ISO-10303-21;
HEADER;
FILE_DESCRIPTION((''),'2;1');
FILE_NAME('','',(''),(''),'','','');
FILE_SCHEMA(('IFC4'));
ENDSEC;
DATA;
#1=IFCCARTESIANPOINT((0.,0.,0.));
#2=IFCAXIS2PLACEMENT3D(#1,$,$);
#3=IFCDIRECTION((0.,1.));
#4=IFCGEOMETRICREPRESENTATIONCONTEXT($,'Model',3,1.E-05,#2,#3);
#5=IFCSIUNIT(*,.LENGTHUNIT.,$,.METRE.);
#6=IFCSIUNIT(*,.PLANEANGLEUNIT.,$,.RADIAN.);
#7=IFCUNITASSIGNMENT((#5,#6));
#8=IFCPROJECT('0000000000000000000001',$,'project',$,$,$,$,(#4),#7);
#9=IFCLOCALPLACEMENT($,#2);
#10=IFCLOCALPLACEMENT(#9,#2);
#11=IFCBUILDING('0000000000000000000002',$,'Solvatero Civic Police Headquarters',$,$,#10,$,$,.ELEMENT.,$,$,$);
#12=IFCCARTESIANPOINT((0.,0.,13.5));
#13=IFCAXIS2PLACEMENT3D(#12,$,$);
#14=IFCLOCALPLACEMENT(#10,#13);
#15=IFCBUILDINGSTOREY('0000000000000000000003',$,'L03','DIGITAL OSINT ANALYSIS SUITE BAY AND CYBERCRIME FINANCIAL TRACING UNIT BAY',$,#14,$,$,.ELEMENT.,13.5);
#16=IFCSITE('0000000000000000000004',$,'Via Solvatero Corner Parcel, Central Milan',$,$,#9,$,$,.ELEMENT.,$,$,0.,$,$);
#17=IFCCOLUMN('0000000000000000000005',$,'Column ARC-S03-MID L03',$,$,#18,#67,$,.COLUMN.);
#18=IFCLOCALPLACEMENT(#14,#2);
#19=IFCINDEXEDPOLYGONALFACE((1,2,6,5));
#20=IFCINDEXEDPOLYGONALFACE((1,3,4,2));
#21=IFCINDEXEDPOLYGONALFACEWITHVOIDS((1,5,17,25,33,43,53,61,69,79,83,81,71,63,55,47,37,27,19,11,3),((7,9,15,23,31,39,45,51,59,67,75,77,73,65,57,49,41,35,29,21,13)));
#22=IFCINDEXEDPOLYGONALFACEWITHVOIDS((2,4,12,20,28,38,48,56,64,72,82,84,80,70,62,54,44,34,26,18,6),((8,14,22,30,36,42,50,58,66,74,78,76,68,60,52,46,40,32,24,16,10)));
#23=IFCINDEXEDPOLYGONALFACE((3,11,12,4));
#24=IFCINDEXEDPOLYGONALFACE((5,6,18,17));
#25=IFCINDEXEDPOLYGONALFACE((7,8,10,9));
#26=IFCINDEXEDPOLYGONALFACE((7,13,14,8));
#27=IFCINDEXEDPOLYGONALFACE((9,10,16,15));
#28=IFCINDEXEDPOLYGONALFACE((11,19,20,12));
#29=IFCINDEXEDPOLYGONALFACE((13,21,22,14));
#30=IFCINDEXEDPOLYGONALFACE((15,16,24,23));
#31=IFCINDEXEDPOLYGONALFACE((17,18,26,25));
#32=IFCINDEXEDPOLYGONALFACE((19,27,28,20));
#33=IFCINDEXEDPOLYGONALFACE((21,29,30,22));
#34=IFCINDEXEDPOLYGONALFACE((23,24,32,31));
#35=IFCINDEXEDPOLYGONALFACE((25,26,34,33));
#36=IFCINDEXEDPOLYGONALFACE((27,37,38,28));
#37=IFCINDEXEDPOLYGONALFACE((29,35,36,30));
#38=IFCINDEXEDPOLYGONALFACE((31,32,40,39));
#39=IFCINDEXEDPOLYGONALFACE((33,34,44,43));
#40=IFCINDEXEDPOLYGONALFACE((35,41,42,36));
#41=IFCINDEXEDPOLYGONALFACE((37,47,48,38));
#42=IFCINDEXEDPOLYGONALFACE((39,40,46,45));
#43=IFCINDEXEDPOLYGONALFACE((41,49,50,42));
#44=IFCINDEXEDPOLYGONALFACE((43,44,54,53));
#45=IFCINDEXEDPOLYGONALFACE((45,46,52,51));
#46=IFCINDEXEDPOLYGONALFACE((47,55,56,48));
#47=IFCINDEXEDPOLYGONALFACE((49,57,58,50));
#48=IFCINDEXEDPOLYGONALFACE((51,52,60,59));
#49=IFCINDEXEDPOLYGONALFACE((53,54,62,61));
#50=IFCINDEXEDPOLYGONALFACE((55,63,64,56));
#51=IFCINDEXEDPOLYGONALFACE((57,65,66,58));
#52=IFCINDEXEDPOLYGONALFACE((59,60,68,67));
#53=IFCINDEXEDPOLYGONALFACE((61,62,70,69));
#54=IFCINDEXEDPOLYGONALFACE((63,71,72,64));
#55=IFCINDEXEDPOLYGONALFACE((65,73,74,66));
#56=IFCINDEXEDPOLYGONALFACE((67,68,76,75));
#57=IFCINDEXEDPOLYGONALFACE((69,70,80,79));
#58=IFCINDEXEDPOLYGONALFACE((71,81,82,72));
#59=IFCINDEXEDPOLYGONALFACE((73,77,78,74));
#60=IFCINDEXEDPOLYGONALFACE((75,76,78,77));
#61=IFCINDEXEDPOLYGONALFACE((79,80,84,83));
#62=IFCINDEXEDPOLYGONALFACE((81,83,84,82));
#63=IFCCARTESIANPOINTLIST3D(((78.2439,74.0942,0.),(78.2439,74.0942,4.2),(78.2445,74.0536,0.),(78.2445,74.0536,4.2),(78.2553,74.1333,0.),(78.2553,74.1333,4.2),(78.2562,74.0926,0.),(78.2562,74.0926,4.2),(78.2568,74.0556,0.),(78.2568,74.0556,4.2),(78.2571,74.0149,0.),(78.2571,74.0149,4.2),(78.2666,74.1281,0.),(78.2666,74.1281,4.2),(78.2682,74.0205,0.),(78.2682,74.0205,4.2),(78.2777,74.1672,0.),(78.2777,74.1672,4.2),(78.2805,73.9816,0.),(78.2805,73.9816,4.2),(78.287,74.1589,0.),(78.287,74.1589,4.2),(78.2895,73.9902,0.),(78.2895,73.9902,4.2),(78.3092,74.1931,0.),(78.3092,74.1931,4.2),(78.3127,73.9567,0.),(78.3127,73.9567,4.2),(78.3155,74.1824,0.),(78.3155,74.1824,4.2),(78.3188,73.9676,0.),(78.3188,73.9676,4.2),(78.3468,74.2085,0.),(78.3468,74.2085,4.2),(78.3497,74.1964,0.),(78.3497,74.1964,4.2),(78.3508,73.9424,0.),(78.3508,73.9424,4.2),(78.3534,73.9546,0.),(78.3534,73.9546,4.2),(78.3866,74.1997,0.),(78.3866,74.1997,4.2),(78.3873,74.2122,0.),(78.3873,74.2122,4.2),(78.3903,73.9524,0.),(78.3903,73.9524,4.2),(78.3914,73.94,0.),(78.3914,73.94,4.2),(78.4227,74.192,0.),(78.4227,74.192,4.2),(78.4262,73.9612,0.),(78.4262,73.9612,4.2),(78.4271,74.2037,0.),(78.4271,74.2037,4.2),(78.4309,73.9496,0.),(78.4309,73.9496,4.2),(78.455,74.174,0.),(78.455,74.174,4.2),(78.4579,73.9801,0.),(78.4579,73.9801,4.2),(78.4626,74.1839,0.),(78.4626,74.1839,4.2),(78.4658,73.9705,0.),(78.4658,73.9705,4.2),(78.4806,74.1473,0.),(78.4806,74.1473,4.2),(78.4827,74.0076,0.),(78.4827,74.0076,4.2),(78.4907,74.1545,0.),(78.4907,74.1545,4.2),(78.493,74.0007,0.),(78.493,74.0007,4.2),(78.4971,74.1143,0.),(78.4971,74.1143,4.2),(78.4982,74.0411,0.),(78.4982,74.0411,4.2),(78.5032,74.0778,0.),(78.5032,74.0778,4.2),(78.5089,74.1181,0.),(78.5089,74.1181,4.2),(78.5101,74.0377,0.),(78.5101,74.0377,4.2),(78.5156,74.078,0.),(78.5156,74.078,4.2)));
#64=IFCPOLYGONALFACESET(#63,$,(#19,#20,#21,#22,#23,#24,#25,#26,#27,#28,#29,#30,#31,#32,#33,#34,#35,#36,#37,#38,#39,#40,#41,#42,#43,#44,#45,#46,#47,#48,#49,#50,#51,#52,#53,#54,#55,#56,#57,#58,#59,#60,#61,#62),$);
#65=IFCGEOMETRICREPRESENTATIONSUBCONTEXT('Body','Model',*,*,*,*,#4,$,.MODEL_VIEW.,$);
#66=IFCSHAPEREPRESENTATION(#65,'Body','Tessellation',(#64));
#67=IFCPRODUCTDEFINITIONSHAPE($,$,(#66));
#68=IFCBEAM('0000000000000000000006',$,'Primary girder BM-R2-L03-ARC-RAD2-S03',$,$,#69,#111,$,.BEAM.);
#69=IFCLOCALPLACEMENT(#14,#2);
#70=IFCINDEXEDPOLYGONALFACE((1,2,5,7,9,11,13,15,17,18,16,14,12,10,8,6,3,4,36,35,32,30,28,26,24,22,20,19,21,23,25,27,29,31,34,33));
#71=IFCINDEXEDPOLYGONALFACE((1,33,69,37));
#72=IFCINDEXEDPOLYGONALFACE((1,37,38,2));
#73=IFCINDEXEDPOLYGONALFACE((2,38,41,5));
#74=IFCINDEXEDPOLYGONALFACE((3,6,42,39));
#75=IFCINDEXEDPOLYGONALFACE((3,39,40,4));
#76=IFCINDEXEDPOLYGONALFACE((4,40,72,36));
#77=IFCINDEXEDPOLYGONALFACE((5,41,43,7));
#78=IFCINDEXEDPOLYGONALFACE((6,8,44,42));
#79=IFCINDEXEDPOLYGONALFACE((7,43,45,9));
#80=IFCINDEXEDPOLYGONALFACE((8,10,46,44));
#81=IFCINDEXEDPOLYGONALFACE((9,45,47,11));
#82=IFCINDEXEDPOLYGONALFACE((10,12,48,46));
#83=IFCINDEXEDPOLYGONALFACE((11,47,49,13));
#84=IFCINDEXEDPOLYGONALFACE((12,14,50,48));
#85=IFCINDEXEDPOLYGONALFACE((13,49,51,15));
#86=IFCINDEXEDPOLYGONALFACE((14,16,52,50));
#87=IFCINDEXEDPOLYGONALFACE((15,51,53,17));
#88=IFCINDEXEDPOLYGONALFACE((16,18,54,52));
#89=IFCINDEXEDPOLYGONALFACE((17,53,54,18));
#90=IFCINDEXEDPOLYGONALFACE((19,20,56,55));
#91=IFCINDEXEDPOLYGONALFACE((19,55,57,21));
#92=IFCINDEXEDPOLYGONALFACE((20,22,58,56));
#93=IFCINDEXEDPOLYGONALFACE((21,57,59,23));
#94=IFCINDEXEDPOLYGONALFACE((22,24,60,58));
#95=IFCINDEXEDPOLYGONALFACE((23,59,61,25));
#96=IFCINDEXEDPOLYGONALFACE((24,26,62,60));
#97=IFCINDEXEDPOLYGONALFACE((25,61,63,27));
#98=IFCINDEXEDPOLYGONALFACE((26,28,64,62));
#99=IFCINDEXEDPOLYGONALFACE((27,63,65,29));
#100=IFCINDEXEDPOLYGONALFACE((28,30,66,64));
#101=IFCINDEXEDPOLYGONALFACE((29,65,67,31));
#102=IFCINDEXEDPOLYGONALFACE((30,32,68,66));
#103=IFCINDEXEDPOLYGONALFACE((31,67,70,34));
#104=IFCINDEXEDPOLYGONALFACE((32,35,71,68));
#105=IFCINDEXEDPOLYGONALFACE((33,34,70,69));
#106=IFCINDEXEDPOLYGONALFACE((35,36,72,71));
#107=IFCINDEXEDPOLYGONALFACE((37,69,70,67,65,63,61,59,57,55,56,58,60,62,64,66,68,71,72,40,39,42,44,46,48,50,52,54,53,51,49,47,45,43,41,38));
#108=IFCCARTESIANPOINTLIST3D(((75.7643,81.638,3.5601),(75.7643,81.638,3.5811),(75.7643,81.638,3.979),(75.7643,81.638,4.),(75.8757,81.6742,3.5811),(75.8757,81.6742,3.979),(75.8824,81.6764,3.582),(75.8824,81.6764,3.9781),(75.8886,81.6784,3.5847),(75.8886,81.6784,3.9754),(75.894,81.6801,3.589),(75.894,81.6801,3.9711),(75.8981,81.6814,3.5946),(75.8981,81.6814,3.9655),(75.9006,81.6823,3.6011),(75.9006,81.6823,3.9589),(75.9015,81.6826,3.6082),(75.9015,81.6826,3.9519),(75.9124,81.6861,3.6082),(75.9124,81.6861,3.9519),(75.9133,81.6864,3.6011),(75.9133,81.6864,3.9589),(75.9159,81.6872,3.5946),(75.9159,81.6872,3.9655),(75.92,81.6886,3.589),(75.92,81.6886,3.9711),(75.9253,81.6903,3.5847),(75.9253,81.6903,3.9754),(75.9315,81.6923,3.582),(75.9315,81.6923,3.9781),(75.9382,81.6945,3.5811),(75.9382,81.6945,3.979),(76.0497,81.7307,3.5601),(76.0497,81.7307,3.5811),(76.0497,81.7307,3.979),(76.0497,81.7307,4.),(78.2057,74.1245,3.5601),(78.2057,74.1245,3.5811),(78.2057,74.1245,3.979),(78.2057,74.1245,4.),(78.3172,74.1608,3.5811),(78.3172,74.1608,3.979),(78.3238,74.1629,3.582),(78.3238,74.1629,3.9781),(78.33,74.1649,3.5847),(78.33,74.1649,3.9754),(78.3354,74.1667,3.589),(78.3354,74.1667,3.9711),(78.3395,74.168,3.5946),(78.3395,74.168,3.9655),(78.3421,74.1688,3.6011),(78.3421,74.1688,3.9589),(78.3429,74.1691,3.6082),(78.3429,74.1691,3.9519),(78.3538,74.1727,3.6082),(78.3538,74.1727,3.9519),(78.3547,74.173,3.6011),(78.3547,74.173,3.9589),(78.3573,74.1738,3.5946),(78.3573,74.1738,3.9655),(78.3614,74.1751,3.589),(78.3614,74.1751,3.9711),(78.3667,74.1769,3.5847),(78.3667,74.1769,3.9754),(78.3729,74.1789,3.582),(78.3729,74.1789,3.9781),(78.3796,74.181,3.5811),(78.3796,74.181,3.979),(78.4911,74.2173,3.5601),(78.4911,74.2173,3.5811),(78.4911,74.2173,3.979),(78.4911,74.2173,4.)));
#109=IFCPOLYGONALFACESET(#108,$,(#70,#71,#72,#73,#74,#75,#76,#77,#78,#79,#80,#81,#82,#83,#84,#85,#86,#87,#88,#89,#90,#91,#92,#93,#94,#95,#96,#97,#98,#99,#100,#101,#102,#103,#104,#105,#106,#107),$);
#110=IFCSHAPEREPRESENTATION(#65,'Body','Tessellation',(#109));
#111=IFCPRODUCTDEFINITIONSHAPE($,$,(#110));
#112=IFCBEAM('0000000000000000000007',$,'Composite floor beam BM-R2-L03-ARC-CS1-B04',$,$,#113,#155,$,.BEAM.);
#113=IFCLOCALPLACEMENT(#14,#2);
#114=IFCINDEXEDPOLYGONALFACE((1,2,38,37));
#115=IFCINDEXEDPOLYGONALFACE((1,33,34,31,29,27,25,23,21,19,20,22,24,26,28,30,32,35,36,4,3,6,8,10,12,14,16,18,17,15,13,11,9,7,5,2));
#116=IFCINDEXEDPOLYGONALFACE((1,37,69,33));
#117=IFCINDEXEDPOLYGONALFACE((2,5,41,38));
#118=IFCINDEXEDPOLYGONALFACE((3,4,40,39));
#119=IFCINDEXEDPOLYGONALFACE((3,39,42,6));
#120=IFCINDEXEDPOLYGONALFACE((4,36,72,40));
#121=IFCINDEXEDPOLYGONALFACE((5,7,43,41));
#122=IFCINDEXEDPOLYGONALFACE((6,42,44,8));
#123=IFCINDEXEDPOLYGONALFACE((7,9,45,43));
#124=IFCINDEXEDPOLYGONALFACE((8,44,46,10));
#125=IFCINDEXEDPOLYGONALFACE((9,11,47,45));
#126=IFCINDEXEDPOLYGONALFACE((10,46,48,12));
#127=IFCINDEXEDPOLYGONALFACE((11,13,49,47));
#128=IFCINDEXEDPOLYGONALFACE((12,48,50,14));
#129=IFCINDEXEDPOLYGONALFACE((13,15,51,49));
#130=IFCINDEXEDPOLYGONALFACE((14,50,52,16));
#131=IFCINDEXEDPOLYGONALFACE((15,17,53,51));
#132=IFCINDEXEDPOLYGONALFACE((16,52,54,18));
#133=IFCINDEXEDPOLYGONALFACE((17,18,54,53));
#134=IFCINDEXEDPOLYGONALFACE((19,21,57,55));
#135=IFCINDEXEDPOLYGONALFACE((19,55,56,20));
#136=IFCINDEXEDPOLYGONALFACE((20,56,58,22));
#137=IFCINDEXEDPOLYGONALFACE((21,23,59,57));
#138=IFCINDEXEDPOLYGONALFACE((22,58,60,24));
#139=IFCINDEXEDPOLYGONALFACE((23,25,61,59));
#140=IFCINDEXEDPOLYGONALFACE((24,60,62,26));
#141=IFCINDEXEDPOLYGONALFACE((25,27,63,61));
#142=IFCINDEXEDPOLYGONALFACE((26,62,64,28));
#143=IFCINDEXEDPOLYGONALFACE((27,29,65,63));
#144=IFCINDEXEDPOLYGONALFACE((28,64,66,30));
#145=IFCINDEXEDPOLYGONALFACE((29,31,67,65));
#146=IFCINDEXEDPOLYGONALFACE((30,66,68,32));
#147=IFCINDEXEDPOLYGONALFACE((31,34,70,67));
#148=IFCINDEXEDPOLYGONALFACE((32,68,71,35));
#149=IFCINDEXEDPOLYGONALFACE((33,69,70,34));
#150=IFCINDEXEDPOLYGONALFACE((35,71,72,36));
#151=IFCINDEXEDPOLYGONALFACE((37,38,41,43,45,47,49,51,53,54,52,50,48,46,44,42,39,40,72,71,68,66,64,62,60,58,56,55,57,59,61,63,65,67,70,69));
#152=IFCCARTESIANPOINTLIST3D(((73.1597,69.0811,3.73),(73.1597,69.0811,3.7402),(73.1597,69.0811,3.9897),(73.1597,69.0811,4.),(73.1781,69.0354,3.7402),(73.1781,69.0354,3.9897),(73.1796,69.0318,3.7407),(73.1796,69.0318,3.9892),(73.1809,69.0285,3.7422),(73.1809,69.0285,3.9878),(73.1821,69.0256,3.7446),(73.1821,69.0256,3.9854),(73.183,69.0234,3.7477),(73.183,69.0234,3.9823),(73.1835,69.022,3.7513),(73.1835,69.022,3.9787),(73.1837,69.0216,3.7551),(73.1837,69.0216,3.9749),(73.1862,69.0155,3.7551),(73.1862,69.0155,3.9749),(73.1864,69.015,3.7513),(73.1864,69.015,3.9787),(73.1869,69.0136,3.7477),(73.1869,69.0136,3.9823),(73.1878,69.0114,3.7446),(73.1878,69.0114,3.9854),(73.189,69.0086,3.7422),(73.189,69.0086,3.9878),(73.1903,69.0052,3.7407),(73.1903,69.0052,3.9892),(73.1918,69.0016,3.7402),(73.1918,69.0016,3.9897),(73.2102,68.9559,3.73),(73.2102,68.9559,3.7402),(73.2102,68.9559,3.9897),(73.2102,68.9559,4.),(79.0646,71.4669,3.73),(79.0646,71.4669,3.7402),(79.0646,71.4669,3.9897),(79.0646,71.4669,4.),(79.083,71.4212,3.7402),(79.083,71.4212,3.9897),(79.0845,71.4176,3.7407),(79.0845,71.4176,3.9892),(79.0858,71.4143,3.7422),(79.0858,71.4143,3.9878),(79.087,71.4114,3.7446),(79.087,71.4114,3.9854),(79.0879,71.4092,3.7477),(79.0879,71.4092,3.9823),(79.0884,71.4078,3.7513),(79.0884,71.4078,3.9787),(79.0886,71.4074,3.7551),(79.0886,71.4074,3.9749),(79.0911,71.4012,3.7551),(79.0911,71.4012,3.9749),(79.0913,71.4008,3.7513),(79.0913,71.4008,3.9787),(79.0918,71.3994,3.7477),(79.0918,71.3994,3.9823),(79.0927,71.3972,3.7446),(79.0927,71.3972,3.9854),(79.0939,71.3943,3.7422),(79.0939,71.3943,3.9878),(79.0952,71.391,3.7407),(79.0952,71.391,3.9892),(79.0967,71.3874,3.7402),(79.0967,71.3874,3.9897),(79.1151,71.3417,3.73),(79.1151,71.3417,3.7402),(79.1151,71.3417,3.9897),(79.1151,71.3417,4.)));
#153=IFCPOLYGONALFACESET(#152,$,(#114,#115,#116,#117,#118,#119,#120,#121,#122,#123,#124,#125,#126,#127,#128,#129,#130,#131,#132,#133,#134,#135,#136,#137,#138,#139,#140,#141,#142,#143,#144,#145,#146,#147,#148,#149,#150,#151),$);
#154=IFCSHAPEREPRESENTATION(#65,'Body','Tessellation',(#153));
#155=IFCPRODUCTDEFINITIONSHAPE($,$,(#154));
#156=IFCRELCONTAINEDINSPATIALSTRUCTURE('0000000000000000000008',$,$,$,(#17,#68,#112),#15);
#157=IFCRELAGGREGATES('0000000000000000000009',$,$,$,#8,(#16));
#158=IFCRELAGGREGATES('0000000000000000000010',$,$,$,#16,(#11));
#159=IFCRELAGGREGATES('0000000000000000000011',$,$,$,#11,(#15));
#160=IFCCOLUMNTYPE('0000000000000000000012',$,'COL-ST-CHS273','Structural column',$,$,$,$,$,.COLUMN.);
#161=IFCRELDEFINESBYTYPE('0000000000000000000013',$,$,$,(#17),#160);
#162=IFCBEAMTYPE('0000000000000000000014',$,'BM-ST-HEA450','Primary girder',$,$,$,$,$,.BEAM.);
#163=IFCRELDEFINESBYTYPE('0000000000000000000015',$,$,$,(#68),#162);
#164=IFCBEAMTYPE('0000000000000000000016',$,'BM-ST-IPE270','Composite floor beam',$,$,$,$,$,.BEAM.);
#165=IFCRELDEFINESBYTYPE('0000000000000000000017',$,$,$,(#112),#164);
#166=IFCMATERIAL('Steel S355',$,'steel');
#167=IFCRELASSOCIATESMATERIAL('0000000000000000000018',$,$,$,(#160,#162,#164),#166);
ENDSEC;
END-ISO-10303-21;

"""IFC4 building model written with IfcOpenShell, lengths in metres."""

from ifc_helpers import new_model, si_unit, direction, frame, origin, origin_2d, place, context, subcontext, project, spatial, hollow_circle, i_section, extrude, material, material_profile, profile_set, type_object, element, save


model = new_model("IFC4")

# Units and contexts
model_context = context("Model", 3, precision=1e-05, world=origin(), true_north=direction((0.0, 1.0)))
body_context = subcontext(model_context, "Body", "Model", "MODEL_VIEW")
ifc_project = project(units=[si_unit("LENGTHUNIT", "METRE"), si_unit("PLANEANGLEUNIT", "RADIAN")], contexts=[model_context])

# Site, building, storey
site_placement = place(None, origin())
site = spatial("IfcSite", under=ifc_project, at=site_placement, Name="Via Solvatero Corner Parcel, Central Milan", CompositionType="ELEMENT", RefElevation=0.0)
building_placement = place(site_placement, origin())
building = spatial("IfcBuilding", under=site, at=building_placement, Name="Solvatero Civic Police Headquarters", CompositionType="ELEMENT")
storey_placement = place(building_placement, frame((0.0, 0.0, 13.5)))
storey = spatial("IfcBuildingStorey", under=building, at=storey_placement, Name="L03", Description="DIGITAL OSINT ANALYSIS SUITE BAY AND CYBERCRIME FINANCIAL TRACING UNIT BAY", CompositionType="ELEMENT", Elevation=13.5)

# Column
ifc_material_1 = material(Name="Steel S355", Category="steel")
ifc_material_profile_1 = material_profile(ifc_material_1, hollow_circle(Radius=0.1365, WallThickness=0.0125, at=origin_2d()), Name="CHS 273.0x12.5")
ifc_profile_set_1 = profile_set([ifc_material_profile_1], Name="Steel S355")
column_type = type_object("IfcColumnType", Name="COL-ST-CHS273", Description="Structural column", PredefinedType="COLUMN", material=ifc_profile_set_1)
column_placement = place(storey_placement, frame((78.3792, 74.0759, 0.0), z_axis=(0.0, 0.0, 1.0), x_axis=(0.951057, 0.309017, 0.0)))
element("IfcColumn", 1, at=column_placement, inside=storey, type_object=column_type, Name="Column ARC-S03-MID L03", PredefinedType="COLUMN", context=body_context, shape_type="SweptSolid", body=[
    extrude(hollow_circle(Radius=0.1365, WallThickness=0.0125, at=origin_2d()), origin(), (0.0, 0.0, 1.0), 4.2),
])

# Beams
ifc_material_profile_2 = material_profile(ifc_material_1, i_section(OverallWidth=0.3, OverallDepth=0.4399, WebThickness=0.0115, FlangeThickness=0.021, FilletRadius=0.0271, at=origin_2d()), Name="HEA 450")
ifc_profile_set_2 = profile_set([ifc_material_profile_2], Name="Steel S355")
beam_type_1 = type_object("IfcBeamType", Name="BM-ST-HEA450", Description="Primary girder", PredefinedType="BEAM", material=ifc_profile_set_2)
beam_1_placement = place(storey_placement, frame((78.3484, 74.1709, 3.78), z_axis=(-0.309034, 0.951051, 0.0), x_axis=(-0.951051, -0.309034, 0.0)))
element("IfcBeam", 2, at=beam_1_placement, inside=storey, type_object=beam_type_1, Name="Primary girder BM-R2-L03-ARC-RAD2-S03", PredefinedType="BEAM", context=body_context, shape_type="SweptSolid", body=[
    extrude(i_section(OverallWidth=0.3, OverallDepth=0.4399, WebThickness=0.0115, FlangeThickness=0.021, FilletRadius=0.0271, at=origin_2d()), origin(), (0.0, 0.0, 1.0), 7.9001),
])
ifc_material_profile_3 = material_profile(ifc_material_1, i_section(OverallWidth=0.135, OverallDepth=0.27, WebThickness=0.0066, FlangeThickness=0.0103, FilletRadius=0.0149, at=origin_2d()), Name="IPE 270")
ifc_profile_set_3 = profile_set([ifc_material_profile_3], Name="Steel S355")
beam_type_2 = type_object("IfcBeamType", Name="BM-ST-IPE270", Description="Composite floor beam", PredefinedType="BEAM", material=ifc_profile_set_3)
beam_2_placement = place(storey_placement, frame((79.0898, 71.4043, 3.865), z_axis=(-0.927181, -0.374614, 0.0), x_axis=(0.374614, -0.927181, 0.0)))
element("IfcBeam", 3, at=beam_2_placement, inside=storey, type_object=beam_type_2, Name="Composite floor beam BM-R2-L03-ARC-CS1-B04", PredefinedType="BEAM", context=body_context, shape_type="SweptSolid", body=[
    extrude(i_section(OverallWidth=0.135, OverallDepth=0.27, WebThickness=0.0066, FlangeThickness=0.0103, FilletRadius=0.0149, at=origin_2d()), origin(), (0.0, 0.0, 1.0), 6.3687),
])

save(model, "model.ifc")
